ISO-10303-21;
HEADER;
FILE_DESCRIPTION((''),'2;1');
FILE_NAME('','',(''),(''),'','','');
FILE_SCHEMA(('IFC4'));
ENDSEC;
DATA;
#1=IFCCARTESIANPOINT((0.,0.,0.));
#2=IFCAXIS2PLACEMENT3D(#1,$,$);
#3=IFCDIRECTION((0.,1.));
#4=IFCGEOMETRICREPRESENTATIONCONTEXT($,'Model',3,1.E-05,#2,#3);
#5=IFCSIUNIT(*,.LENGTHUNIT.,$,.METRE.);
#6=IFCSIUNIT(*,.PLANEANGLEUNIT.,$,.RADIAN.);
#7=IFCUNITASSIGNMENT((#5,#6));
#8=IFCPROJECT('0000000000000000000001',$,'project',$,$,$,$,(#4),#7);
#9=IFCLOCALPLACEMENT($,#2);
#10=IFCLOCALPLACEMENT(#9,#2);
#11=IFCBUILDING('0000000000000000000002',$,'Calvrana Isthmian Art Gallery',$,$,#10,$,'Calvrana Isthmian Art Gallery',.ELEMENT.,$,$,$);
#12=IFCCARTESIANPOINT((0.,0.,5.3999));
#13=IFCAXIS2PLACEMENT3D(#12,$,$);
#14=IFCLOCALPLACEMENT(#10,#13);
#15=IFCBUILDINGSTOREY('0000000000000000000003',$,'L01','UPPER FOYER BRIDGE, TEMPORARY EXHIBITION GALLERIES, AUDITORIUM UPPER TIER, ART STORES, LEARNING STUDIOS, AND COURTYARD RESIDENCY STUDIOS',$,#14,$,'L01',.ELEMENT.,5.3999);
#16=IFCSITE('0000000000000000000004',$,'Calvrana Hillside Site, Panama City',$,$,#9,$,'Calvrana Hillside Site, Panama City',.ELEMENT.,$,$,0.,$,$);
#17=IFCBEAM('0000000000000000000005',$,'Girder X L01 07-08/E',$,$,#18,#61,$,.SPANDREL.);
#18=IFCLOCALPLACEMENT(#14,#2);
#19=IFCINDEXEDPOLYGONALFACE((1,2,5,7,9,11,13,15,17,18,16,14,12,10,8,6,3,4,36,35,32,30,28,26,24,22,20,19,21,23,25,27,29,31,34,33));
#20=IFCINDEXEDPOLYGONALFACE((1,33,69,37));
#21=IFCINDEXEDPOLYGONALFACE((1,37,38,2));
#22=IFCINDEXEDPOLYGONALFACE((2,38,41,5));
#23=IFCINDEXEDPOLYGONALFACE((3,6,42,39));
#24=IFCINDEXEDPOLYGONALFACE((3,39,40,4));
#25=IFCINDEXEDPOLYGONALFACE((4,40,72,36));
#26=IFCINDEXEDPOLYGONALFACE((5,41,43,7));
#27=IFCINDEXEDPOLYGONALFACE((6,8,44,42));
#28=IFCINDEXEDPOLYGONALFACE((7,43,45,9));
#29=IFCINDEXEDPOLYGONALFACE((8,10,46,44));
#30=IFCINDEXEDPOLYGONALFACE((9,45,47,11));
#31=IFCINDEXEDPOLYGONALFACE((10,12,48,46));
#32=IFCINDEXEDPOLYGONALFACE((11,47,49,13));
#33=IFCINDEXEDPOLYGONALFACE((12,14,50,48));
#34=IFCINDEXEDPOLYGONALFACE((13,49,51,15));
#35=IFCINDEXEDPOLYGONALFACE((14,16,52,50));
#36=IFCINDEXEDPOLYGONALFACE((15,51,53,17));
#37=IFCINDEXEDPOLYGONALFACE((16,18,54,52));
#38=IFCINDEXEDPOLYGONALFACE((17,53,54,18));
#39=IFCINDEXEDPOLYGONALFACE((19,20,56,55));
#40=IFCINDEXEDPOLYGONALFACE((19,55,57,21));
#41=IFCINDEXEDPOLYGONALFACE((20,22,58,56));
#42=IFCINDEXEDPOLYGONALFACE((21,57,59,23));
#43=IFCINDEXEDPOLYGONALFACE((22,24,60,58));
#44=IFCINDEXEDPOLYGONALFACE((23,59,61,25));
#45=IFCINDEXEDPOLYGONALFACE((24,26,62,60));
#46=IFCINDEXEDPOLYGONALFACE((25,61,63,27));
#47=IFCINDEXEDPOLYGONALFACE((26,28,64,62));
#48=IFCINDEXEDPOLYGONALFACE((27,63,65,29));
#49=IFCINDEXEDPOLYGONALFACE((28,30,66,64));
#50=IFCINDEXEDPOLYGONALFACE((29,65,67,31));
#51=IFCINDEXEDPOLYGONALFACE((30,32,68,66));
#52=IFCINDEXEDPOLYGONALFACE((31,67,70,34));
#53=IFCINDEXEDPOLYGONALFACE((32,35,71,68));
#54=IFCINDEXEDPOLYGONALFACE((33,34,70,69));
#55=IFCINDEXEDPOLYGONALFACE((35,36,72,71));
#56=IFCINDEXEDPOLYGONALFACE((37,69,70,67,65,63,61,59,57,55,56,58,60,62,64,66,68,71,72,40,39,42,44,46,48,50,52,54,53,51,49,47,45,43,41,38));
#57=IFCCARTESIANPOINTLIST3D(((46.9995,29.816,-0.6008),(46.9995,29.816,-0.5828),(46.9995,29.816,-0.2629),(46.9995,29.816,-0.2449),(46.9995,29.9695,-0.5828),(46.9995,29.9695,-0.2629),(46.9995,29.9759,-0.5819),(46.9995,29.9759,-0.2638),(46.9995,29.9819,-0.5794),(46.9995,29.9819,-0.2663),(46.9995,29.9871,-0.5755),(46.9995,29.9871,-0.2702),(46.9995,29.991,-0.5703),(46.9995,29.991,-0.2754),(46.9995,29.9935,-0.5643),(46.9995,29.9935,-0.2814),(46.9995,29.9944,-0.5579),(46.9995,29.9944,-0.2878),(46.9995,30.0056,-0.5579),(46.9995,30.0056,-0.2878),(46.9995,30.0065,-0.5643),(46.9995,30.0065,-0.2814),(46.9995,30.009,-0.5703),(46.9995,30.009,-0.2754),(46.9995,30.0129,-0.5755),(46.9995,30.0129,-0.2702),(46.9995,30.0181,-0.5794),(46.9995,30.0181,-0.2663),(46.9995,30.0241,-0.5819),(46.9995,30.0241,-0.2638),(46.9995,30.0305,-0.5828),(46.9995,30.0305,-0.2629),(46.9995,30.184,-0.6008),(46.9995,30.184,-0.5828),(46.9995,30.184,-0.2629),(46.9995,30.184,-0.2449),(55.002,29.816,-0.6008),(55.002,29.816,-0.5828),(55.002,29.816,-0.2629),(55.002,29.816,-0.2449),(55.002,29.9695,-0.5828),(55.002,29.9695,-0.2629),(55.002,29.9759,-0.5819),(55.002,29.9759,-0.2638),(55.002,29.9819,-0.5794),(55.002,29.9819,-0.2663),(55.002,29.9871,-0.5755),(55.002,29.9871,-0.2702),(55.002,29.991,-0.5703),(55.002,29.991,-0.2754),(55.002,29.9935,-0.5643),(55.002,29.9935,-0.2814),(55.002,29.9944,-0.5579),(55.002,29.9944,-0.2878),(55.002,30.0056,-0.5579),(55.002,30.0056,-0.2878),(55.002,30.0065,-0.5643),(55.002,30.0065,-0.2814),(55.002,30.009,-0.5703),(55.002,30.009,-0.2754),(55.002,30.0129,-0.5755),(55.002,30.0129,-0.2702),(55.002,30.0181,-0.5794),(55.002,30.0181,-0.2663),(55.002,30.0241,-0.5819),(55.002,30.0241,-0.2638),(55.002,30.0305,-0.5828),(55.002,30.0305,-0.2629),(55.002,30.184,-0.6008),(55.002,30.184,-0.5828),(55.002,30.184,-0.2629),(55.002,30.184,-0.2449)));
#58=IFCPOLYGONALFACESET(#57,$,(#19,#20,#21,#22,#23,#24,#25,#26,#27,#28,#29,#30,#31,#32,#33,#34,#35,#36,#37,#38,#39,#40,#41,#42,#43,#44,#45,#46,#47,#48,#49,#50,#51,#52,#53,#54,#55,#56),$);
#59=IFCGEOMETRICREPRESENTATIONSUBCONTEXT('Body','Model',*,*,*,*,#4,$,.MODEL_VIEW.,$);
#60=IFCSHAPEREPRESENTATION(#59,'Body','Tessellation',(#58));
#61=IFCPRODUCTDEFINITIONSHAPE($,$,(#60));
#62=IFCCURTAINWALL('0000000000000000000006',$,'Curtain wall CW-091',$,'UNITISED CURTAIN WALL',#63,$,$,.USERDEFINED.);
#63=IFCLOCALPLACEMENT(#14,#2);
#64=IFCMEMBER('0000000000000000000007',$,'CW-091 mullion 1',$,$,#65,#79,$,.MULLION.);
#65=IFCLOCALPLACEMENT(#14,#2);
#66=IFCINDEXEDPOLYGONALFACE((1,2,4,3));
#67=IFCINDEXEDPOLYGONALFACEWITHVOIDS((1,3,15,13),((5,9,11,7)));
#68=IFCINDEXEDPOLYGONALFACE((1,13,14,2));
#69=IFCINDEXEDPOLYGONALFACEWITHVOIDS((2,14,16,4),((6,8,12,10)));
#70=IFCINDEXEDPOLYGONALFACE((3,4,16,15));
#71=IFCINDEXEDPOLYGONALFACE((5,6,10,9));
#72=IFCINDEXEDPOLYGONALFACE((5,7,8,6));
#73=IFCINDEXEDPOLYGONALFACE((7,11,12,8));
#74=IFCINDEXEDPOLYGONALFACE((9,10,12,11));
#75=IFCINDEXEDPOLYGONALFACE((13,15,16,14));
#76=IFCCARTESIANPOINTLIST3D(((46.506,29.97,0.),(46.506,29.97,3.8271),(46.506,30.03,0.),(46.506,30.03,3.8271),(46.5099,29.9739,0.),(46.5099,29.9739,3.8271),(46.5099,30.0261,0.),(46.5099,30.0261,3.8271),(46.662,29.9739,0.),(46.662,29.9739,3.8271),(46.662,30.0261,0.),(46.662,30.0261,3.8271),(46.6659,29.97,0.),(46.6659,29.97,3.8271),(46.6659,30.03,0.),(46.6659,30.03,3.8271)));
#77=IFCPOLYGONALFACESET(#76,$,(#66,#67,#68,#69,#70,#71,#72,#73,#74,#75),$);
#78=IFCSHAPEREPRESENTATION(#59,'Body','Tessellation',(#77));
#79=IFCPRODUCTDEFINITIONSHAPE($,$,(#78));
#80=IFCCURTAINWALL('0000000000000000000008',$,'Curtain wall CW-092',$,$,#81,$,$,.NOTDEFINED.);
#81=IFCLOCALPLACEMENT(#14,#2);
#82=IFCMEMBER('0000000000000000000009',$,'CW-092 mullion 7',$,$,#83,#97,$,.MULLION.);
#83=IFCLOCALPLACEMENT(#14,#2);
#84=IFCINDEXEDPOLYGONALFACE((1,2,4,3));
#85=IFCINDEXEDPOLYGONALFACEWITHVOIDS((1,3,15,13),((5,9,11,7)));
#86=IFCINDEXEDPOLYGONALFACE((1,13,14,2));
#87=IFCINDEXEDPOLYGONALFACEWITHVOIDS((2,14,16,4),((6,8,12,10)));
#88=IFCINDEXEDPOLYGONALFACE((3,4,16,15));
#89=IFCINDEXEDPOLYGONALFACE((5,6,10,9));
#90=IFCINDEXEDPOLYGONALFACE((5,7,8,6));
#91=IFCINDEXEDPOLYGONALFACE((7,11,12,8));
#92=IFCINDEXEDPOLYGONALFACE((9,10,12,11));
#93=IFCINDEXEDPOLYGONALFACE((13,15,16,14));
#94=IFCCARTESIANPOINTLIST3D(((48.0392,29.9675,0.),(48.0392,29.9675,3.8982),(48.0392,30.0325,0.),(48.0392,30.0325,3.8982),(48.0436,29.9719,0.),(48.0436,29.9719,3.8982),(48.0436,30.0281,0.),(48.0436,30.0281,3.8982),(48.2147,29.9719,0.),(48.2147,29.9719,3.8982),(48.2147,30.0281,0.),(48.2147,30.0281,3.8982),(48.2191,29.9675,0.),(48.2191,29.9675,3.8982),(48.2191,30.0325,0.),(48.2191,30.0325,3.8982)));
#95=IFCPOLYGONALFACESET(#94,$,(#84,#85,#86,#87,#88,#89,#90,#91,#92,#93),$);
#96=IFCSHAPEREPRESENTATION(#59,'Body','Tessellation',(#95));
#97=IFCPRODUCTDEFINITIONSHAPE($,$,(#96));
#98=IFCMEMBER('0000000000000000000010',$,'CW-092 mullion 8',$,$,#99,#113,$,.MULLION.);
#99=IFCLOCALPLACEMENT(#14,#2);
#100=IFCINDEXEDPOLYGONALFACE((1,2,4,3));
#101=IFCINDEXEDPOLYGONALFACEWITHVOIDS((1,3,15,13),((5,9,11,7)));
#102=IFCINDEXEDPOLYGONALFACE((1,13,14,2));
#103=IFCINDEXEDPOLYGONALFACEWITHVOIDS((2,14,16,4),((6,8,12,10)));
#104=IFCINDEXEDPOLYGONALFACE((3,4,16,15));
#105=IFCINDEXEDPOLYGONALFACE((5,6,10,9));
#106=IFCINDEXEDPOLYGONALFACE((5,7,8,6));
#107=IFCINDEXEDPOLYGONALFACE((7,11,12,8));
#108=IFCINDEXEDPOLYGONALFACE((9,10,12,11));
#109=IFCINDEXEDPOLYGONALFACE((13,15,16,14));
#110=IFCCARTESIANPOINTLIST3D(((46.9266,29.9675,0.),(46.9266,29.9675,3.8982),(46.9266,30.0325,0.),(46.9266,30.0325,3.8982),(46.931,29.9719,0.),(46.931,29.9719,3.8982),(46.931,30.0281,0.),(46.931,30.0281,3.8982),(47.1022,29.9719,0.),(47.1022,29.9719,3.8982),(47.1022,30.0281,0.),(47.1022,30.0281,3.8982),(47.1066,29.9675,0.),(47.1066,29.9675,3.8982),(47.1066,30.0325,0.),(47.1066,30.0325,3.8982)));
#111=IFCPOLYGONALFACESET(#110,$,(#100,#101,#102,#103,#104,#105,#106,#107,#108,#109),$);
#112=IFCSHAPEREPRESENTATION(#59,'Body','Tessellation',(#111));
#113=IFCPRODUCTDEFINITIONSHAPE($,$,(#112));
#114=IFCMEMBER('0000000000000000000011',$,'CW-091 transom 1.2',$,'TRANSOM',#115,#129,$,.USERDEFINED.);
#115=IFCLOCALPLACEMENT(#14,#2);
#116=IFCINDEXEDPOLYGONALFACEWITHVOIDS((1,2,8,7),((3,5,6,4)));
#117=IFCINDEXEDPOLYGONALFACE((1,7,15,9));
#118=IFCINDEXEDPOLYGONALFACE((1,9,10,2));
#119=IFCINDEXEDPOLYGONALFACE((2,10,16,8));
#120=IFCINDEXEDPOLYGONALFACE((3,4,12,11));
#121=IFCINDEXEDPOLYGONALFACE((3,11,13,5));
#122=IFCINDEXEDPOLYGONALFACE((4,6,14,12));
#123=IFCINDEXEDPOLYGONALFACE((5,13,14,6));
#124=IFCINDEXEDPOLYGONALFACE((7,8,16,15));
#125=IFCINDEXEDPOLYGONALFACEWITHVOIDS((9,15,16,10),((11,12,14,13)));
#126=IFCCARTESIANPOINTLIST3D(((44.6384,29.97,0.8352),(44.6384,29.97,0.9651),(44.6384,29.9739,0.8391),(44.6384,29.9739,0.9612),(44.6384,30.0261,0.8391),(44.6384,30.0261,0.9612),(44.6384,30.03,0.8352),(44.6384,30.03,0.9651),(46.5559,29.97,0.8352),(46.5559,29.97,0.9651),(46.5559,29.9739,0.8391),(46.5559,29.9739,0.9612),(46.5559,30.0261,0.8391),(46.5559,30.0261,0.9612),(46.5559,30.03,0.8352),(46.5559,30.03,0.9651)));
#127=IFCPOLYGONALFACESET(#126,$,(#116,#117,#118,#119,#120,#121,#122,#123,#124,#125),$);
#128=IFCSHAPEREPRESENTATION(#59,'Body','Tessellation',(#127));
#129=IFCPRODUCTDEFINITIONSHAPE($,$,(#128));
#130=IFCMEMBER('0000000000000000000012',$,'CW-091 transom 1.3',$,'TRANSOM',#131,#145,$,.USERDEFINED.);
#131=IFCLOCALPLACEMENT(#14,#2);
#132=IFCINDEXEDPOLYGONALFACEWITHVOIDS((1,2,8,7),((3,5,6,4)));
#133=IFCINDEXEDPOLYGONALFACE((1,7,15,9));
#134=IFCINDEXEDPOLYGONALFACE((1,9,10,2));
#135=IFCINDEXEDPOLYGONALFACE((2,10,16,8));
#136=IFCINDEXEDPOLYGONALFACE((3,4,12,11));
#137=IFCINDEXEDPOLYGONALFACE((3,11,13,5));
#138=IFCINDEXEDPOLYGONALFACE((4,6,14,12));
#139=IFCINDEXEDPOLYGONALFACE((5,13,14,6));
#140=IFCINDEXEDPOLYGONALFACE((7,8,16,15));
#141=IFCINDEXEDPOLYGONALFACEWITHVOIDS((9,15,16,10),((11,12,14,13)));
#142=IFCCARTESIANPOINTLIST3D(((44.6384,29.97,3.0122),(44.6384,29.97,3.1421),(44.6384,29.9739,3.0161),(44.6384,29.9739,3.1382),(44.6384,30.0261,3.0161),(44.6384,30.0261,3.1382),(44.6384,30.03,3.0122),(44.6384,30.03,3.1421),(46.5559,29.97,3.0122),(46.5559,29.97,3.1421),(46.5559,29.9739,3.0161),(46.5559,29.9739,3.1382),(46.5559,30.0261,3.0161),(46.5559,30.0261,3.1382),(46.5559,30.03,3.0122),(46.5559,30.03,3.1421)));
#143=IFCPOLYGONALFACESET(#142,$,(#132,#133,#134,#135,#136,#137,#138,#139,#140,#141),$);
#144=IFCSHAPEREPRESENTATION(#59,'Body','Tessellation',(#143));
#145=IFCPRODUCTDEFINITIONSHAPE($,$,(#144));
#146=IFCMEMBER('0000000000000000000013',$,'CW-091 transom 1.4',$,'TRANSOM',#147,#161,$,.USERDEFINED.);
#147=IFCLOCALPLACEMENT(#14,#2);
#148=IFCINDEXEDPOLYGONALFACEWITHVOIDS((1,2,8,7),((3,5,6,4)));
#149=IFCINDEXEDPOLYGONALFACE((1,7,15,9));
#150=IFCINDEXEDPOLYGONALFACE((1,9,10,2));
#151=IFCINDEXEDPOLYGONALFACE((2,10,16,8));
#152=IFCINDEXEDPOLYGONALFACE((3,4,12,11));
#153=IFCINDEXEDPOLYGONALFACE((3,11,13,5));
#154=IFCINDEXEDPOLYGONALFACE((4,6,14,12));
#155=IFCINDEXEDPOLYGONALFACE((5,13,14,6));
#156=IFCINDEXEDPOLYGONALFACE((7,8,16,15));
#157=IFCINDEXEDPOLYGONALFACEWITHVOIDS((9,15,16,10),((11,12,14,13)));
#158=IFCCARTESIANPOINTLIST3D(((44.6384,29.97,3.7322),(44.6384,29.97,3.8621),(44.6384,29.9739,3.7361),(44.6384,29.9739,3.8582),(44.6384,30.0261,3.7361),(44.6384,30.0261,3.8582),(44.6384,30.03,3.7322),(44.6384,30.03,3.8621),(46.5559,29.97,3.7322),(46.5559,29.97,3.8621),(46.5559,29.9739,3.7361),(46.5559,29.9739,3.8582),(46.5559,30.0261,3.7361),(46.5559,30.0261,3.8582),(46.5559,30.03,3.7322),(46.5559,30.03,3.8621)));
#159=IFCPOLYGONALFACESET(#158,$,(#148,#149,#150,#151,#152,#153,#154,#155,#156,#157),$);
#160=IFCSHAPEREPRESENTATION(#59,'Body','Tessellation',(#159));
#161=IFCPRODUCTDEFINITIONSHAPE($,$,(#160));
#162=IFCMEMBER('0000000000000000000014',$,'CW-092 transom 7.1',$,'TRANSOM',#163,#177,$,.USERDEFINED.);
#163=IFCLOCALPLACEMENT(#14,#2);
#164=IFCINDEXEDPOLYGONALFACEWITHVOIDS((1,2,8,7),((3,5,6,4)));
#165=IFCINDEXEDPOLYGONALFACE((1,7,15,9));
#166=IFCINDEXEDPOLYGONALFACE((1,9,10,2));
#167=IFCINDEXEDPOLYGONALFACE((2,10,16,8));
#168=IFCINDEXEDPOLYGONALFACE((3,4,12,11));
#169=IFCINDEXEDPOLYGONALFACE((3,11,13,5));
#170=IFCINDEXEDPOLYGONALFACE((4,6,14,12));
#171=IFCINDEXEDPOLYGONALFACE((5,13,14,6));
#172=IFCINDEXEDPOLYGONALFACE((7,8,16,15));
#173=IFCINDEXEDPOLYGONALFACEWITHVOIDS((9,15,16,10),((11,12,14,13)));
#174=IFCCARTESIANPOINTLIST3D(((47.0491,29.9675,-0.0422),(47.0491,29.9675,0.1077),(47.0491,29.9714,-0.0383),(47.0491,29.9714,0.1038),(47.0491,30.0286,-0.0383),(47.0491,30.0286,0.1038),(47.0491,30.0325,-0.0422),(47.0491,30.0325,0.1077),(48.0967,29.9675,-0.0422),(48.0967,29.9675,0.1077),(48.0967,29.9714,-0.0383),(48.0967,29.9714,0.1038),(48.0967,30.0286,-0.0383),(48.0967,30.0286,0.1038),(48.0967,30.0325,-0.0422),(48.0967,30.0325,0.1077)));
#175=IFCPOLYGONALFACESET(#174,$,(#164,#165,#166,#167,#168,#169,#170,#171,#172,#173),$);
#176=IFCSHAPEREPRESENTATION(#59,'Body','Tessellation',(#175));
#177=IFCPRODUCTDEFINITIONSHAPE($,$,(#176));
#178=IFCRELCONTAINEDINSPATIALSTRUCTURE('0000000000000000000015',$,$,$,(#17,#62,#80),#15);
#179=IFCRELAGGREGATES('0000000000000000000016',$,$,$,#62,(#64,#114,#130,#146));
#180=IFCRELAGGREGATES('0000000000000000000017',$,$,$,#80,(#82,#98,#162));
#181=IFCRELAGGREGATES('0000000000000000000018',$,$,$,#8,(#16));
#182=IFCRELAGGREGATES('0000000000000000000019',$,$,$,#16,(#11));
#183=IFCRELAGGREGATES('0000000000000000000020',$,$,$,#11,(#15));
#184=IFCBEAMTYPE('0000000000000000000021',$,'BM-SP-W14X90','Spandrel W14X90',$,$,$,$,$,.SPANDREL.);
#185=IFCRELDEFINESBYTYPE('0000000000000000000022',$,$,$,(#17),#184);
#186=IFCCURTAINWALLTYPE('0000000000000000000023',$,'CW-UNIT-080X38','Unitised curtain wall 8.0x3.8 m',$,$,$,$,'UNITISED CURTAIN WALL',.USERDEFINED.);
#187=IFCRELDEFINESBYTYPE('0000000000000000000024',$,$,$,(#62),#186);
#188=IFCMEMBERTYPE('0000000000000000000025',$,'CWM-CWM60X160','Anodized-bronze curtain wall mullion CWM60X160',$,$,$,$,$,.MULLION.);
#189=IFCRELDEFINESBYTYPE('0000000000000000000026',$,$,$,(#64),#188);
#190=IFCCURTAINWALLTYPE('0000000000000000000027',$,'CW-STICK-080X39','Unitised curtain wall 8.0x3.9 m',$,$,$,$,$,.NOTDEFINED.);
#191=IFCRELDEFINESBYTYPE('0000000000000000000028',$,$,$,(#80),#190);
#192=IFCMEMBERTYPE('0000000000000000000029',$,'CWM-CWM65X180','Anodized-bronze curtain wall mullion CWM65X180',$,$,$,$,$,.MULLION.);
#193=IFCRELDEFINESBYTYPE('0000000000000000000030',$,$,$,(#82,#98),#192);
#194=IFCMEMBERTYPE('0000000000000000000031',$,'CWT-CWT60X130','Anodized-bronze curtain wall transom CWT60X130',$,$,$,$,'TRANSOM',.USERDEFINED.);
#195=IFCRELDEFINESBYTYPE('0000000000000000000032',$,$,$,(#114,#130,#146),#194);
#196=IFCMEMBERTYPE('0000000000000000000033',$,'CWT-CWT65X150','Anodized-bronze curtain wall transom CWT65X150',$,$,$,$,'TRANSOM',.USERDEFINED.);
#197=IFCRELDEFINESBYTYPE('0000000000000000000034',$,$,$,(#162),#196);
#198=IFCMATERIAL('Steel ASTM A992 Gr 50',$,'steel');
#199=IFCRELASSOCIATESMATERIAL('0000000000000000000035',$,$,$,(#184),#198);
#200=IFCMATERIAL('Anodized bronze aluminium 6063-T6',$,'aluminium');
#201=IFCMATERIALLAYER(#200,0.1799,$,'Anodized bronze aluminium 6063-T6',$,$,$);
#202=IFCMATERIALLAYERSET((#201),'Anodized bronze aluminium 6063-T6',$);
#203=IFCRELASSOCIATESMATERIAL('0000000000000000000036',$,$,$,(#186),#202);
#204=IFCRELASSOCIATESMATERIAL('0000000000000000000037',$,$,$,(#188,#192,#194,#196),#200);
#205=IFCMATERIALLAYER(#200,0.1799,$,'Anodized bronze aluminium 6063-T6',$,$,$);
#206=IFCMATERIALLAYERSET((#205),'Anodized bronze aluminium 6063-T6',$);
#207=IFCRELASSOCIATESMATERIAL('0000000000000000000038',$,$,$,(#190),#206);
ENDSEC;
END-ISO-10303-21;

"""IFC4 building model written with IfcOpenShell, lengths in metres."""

from ifc_helpers import new_model, si_unit, direction, frame, origin, origin_2d, place, context, subcontext, project, spatial, hollow_rectangle, i_section, extrude, material, layer, layer_set, material_profile, profile_set, type_object, element, aggregate, save


model = new_model("IFC4")

# Units and contexts
model_context = context("Model", 3, precision=1e-05, world=origin(), true_north=direction((0.0, 1.0)))
body_context = subcontext(model_context, "Body", "Model", "MODEL_VIEW")
ifc_project = project(units=[si_unit("LENGTHUNIT", "METRE"), si_unit("PLANEANGLEUNIT", "RADIAN")], contexts=[model_context])

# Site, building, storey
site_placement = place(None, origin())
site = spatial("IfcSite", under=ifc_project, at=site_placement, Name="Calvrana Hillside Site, Panama City", LongName="Calvrana Hillside Site, Panama City", CompositionType="ELEMENT", RefElevation=0.0)
building_placement = place(site_placement, origin())
building = spatial("IfcBuilding", under=site, at=building_placement, Name="Calvrana Isthmian Art Gallery", LongName="Calvrana Isthmian Art Gallery", CompositionType="ELEMENT")
storey_placement = place(building_placement, frame((0.0, 0.0, 5.3999)))
storey = spatial("IfcBuildingStorey", under=building, at=storey_placement, Name="L01", Description="UPPER FOYER BRIDGE, TEMPORARY EXHIBITION GALLERIES, AUDITORIUM UPPER TIER, ART STORES, LEARNING STUDIOS, AND COURTYARD RESIDENCY STUDIOS", LongName="L01", CompositionType="ELEMENT", Elevation=5.3999)

# Shared definitions
ifc_material_1 = material(Name="Steel ASTM A992 Gr 50", Category="steel")

# Beam
ifc_material_profile_1 = material_profile(ifc_material_1, i_section(OverallWidth=0.3679, OverallDepth=0.356, WebThickness=0.0112, FlangeThickness=0.0181, FilletRadius=0.0249, at=origin_2d()), Name="W14X90")
ifc_profile_set_1 = profile_set([ifc_material_profile_1], Name="Steel ASTM A992 Gr 50")
beam_type_1 = type_object("IfcBeamType", Name="BM-SP-W14X90", Description="Spandrel W14X90", PredefinedType="SPANDREL", material=ifc_profile_set_1)
beam_1_placement = place(storey_placement, frame((46.9995, 30.0, -0.4229), z_axis=(1.0, 0.0, 0.0), x_axis=(0.0, 1.0, 0.0)))
element("IfcBeam", 1, at=beam_1_placement, inside=storey, type_object=beam_type_1, Name="Girder X L01 07-08/E", PredefinedType="SPANDREL", context=body_context, shape_type="SweptSolid", body=[
    extrude(i_section(OverallWidth=0.3679, OverallDepth=0.356, WebThickness=0.0112, FlangeThickness=0.0181, FilletRadius=0.0249, at=origin_2d()), origin(), (0.0, 0.0, 1.0), 8.0024),
])

# Curtain wall, member
ifc_material_2 = material(Name="Anodized bronze aluminium 6063-T6", Category="aluminium")
ifc_layer_1 = layer(ifc_material_2, 0.1799, Name="Anodized bronze aluminium 6063-T6")
ifc_layer_set_1 = layer_set([ifc_layer_1], Name="Anodized bronze aluminium 6063-T6")
curtain_wall_type_1 = type_object("IfcCurtainWallType", Name="CW-UNIT-080X38", Description="Unitised curtain wall 8.0x3.8 m", ElementType="UNITISED CURTAIN WALL", PredefinedType="USERDEFINED", material=ifc_layer_set_1)
curtain_wall_1_placement = place(storey_placement, origin())
curtain_wall_1 = element("IfcCurtainWall", 2, at=curtain_wall_1_placement, inside=storey, type_object=curtain_wall_type_1, Name="Curtain wall CW-091", ObjectType="UNITISED CURTAIN WALL", PredefinedType="USERDEFINED")
ifc_material_profile_2 = material_profile(ifc_material_2, hollow_rectangle(XDim=0.0601, YDim=0.1599, WallThickness=0.0039, at=origin_2d()), Name="CWM60X160")
ifc_profile_set_2 = profile_set([ifc_material_profile_2], Name="Anodized bronze aluminium 6063-T6")
member_type_1 = type_object("IfcMemberType", Name="CWM-CWM60X160", Description="Anodized-bronze curtain wall mullion CWM60X160", PredefinedType="MULLION", material=ifc_profile_set_2)
member_1_placement = place(storey_placement, frame((46.5859, 30.0, 0.0), z_axis=(0.0, 0.0, 1.0), x_axis=(0.0, -1.0, 0.0)))
member_1 = element("IfcMember", 3, at=member_1_placement, type_object=member_type_1, Name="CW-091 mullion 1", PredefinedType="MULLION", context=body_context, shape_type="SweptSolid", body=[
    extrude(hollow_rectangle(XDim=0.0601, YDim=0.1599, WallThickness=0.0039, at=origin_2d()), origin(), (0.0, 0.0, 1.0), 3.8271),
])

# Curtain wall, members
ifc_layer_2 = layer(ifc_material_2, 0.1799, Name="Anodized bronze aluminium 6063-T6")
ifc_layer_set_2 = layer_set([ifc_layer_2], Name="Anodized bronze aluminium 6063-T6")
curtain_wall_type_2 = type_object("IfcCurtainWallType", Name="CW-STICK-080X39", Description="Unitised curtain wall 8.0x3.9 m", PredefinedType="NOTDEFINED", material=ifc_layer_set_2)
curtain_wall_2_placement = place(storey_placement, origin())
curtain_wall_2 = element("IfcCurtainWall", 4, at=curtain_wall_2_placement, inside=storey, type_object=curtain_wall_type_2, Name="Curtain wall CW-092", PredefinedType="NOTDEFINED")
ifc_material_profile_3 = material_profile(ifc_material_2, hollow_rectangle(XDim=0.0649, YDim=0.1799, WallThickness=0.0044, at=origin_2d()), Name="CWM65X180")
ifc_profile_set_3 = profile_set([ifc_material_profile_3], Name="Anodized bronze aluminium 6063-T6")
member_type_2 = type_object("IfcMemberType", Name="CWM-CWM65X180", Description="Anodized-bronze curtain wall mullion CWM65X180", PredefinedType="MULLION", material=ifc_profile_set_3)
member_2_placement = place(storey_placement, frame((48.1292, 30.0, 0.0), z_axis=(0.0, 0.0, 1.0), x_axis=(0.0, -1.0, 0.0)))
member_2 = element("IfcMember", 5, at=member_2_placement, type_object=member_type_2, Name="CW-092 mullion 7", PredefinedType="MULLION", context=body_context, shape_type="SweptSolid", body=[
    extrude(hollow_rectangle(XDim=0.0649, YDim=0.1799, WallThickness=0.0044, at=origin_2d()), origin(), (0.0, 0.0, 1.0), 3.8982),
])
member_3_placement = place(storey_placement, frame((47.0166, 30.0, 0.0), z_axis=(0.0, 0.0, 1.0), x_axis=(0.0, -1.0, 0.0)))
member_3 = element("IfcMember", 6, at=member_3_placement, type_object=member_type_2, Name="CW-092 mullion 8", PredefinedType="MULLION", context=body_context, shape_type="SweptSolid", body=[
    extrude(hollow_rectangle(XDim=0.0649, YDim=0.1799, WallThickness=0.0044, at=origin_2d()), origin(), (0.0, 0.0, 1.0), 3.8982),
])

# Members
ifc_material_profile_4 = material_profile(ifc_material_2, hollow_rectangle(XDim=0.0601, YDim=0.1299, WallThickness=0.0039, at=origin_2d()), Name="CWT60X130")
ifc_profile_set_4 = profile_set([ifc_material_profile_4], Name="Anodized bronze aluminium 6063-T6")
member_type_3 = type_object("IfcMemberType", Name="CWT-CWT60X130", Description="Anodized-bronze curtain wall transom CWT60X130", ElementType="TRANSOM", PredefinedType="USERDEFINED", material=ifc_profile_set_4)
member_4_placement = place(storey_placement, frame((46.5559, 30.0, 0.9001), z_axis=(-1.0, 0.0, 0.0), x_axis=(0.0, -1.0, 0.0)))
member_4 = element("IfcMember", 7, at=member_4_placement, type_object=member_type_3, Name="CW-091 transom 1.2", ObjectType="TRANSOM", PredefinedType="USERDEFINED", context=body_context, shape_type="SweptSolid", body=[
    extrude(hollow_rectangle(XDim=0.0601, YDim=0.1299, WallThickness=0.0039, at=origin_2d()), origin(), (0.0, 0.0, 1.0), 1.9175),
])
member_5_placement = place(storey_placement, frame((46.5559, 30.0, 3.0771), z_axis=(-1.0, 0.0, 0.0), x_axis=(0.0, -1.0, 0.0)))
member_5 = element("IfcMember", 8, at=member_5_placement, type_object=member_type_3, Name="CW-091 transom 1.3", ObjectType="TRANSOM", PredefinedType="USERDEFINED", context=body_context, shape_type="SweptSolid", body=[
    extrude(hollow_rectangle(XDim=0.0601, YDim=0.1299, WallThickness=0.0039, at=origin_2d()), origin(), (0.0, 0.0, 1.0), 1.9175),
])
member_6_placement = place(storey_placement, frame((46.5559, 30.0, 3.7971), z_axis=(-1.0, 0.0, 0.0), x_axis=(0.0, -1.0, 0.0)))
member_6 = element("IfcMember", 9, at=member_6_placement, type_object=member_type_3, Name="CW-091 transom 1.4", ObjectType="TRANSOM", PredefinedType="USERDEFINED", context=body_context, shape_type="SweptSolid", body=[
    extrude(hollow_rectangle(XDim=0.0601, YDim=0.1299, WallThickness=0.0039, at=origin_2d()), origin(), (0.0, 0.0, 1.0), 1.9175),
])
aggregate(curtain_wall_1, [member_1, member_4, member_5, member_6])
ifc_material_profile_5 = material_profile(ifc_material_2, hollow_rectangle(XDim=0.0649, YDim=0.1499, WallThickness=0.0039, at=origin_2d()), Name="CWT65X150")
ifc_profile_set_5 = profile_set([ifc_material_profile_5], Name="Anodized bronze aluminium 6063-T6")
member_type_4 = type_object("IfcMemberType", Name="CWT-CWT65X150", Description="Anodized-bronze curtain wall transom CWT65X150", ElementType="TRANSOM", PredefinedType="USERDEFINED", material=ifc_profile_set_5)
member_7_placement = place(storey_placement, frame((48.0967, 30.0, 0.0327), z_axis=(-1.0, 0.0, 0.0), x_axis=(0.0, -1.0, 0.0)))
member_7 = element("IfcMember", 10, at=member_7_placement, type_object=member_type_4, Name="CW-092 transom 7.1", ObjectType="TRANSOM", PredefinedType="USERDEFINED", context=body_context, shape_type="SweptSolid", body=[
    extrude(hollow_rectangle(XDim=0.0649, YDim=0.1499, WallThickness=0.0039, at=origin_2d()), origin(), (0.0, 0.0, 1.0), 1.0476),
])

aggregate(curtain_wall_2, [member_2, member_3, member_7])

save(model, "model.ifc")
